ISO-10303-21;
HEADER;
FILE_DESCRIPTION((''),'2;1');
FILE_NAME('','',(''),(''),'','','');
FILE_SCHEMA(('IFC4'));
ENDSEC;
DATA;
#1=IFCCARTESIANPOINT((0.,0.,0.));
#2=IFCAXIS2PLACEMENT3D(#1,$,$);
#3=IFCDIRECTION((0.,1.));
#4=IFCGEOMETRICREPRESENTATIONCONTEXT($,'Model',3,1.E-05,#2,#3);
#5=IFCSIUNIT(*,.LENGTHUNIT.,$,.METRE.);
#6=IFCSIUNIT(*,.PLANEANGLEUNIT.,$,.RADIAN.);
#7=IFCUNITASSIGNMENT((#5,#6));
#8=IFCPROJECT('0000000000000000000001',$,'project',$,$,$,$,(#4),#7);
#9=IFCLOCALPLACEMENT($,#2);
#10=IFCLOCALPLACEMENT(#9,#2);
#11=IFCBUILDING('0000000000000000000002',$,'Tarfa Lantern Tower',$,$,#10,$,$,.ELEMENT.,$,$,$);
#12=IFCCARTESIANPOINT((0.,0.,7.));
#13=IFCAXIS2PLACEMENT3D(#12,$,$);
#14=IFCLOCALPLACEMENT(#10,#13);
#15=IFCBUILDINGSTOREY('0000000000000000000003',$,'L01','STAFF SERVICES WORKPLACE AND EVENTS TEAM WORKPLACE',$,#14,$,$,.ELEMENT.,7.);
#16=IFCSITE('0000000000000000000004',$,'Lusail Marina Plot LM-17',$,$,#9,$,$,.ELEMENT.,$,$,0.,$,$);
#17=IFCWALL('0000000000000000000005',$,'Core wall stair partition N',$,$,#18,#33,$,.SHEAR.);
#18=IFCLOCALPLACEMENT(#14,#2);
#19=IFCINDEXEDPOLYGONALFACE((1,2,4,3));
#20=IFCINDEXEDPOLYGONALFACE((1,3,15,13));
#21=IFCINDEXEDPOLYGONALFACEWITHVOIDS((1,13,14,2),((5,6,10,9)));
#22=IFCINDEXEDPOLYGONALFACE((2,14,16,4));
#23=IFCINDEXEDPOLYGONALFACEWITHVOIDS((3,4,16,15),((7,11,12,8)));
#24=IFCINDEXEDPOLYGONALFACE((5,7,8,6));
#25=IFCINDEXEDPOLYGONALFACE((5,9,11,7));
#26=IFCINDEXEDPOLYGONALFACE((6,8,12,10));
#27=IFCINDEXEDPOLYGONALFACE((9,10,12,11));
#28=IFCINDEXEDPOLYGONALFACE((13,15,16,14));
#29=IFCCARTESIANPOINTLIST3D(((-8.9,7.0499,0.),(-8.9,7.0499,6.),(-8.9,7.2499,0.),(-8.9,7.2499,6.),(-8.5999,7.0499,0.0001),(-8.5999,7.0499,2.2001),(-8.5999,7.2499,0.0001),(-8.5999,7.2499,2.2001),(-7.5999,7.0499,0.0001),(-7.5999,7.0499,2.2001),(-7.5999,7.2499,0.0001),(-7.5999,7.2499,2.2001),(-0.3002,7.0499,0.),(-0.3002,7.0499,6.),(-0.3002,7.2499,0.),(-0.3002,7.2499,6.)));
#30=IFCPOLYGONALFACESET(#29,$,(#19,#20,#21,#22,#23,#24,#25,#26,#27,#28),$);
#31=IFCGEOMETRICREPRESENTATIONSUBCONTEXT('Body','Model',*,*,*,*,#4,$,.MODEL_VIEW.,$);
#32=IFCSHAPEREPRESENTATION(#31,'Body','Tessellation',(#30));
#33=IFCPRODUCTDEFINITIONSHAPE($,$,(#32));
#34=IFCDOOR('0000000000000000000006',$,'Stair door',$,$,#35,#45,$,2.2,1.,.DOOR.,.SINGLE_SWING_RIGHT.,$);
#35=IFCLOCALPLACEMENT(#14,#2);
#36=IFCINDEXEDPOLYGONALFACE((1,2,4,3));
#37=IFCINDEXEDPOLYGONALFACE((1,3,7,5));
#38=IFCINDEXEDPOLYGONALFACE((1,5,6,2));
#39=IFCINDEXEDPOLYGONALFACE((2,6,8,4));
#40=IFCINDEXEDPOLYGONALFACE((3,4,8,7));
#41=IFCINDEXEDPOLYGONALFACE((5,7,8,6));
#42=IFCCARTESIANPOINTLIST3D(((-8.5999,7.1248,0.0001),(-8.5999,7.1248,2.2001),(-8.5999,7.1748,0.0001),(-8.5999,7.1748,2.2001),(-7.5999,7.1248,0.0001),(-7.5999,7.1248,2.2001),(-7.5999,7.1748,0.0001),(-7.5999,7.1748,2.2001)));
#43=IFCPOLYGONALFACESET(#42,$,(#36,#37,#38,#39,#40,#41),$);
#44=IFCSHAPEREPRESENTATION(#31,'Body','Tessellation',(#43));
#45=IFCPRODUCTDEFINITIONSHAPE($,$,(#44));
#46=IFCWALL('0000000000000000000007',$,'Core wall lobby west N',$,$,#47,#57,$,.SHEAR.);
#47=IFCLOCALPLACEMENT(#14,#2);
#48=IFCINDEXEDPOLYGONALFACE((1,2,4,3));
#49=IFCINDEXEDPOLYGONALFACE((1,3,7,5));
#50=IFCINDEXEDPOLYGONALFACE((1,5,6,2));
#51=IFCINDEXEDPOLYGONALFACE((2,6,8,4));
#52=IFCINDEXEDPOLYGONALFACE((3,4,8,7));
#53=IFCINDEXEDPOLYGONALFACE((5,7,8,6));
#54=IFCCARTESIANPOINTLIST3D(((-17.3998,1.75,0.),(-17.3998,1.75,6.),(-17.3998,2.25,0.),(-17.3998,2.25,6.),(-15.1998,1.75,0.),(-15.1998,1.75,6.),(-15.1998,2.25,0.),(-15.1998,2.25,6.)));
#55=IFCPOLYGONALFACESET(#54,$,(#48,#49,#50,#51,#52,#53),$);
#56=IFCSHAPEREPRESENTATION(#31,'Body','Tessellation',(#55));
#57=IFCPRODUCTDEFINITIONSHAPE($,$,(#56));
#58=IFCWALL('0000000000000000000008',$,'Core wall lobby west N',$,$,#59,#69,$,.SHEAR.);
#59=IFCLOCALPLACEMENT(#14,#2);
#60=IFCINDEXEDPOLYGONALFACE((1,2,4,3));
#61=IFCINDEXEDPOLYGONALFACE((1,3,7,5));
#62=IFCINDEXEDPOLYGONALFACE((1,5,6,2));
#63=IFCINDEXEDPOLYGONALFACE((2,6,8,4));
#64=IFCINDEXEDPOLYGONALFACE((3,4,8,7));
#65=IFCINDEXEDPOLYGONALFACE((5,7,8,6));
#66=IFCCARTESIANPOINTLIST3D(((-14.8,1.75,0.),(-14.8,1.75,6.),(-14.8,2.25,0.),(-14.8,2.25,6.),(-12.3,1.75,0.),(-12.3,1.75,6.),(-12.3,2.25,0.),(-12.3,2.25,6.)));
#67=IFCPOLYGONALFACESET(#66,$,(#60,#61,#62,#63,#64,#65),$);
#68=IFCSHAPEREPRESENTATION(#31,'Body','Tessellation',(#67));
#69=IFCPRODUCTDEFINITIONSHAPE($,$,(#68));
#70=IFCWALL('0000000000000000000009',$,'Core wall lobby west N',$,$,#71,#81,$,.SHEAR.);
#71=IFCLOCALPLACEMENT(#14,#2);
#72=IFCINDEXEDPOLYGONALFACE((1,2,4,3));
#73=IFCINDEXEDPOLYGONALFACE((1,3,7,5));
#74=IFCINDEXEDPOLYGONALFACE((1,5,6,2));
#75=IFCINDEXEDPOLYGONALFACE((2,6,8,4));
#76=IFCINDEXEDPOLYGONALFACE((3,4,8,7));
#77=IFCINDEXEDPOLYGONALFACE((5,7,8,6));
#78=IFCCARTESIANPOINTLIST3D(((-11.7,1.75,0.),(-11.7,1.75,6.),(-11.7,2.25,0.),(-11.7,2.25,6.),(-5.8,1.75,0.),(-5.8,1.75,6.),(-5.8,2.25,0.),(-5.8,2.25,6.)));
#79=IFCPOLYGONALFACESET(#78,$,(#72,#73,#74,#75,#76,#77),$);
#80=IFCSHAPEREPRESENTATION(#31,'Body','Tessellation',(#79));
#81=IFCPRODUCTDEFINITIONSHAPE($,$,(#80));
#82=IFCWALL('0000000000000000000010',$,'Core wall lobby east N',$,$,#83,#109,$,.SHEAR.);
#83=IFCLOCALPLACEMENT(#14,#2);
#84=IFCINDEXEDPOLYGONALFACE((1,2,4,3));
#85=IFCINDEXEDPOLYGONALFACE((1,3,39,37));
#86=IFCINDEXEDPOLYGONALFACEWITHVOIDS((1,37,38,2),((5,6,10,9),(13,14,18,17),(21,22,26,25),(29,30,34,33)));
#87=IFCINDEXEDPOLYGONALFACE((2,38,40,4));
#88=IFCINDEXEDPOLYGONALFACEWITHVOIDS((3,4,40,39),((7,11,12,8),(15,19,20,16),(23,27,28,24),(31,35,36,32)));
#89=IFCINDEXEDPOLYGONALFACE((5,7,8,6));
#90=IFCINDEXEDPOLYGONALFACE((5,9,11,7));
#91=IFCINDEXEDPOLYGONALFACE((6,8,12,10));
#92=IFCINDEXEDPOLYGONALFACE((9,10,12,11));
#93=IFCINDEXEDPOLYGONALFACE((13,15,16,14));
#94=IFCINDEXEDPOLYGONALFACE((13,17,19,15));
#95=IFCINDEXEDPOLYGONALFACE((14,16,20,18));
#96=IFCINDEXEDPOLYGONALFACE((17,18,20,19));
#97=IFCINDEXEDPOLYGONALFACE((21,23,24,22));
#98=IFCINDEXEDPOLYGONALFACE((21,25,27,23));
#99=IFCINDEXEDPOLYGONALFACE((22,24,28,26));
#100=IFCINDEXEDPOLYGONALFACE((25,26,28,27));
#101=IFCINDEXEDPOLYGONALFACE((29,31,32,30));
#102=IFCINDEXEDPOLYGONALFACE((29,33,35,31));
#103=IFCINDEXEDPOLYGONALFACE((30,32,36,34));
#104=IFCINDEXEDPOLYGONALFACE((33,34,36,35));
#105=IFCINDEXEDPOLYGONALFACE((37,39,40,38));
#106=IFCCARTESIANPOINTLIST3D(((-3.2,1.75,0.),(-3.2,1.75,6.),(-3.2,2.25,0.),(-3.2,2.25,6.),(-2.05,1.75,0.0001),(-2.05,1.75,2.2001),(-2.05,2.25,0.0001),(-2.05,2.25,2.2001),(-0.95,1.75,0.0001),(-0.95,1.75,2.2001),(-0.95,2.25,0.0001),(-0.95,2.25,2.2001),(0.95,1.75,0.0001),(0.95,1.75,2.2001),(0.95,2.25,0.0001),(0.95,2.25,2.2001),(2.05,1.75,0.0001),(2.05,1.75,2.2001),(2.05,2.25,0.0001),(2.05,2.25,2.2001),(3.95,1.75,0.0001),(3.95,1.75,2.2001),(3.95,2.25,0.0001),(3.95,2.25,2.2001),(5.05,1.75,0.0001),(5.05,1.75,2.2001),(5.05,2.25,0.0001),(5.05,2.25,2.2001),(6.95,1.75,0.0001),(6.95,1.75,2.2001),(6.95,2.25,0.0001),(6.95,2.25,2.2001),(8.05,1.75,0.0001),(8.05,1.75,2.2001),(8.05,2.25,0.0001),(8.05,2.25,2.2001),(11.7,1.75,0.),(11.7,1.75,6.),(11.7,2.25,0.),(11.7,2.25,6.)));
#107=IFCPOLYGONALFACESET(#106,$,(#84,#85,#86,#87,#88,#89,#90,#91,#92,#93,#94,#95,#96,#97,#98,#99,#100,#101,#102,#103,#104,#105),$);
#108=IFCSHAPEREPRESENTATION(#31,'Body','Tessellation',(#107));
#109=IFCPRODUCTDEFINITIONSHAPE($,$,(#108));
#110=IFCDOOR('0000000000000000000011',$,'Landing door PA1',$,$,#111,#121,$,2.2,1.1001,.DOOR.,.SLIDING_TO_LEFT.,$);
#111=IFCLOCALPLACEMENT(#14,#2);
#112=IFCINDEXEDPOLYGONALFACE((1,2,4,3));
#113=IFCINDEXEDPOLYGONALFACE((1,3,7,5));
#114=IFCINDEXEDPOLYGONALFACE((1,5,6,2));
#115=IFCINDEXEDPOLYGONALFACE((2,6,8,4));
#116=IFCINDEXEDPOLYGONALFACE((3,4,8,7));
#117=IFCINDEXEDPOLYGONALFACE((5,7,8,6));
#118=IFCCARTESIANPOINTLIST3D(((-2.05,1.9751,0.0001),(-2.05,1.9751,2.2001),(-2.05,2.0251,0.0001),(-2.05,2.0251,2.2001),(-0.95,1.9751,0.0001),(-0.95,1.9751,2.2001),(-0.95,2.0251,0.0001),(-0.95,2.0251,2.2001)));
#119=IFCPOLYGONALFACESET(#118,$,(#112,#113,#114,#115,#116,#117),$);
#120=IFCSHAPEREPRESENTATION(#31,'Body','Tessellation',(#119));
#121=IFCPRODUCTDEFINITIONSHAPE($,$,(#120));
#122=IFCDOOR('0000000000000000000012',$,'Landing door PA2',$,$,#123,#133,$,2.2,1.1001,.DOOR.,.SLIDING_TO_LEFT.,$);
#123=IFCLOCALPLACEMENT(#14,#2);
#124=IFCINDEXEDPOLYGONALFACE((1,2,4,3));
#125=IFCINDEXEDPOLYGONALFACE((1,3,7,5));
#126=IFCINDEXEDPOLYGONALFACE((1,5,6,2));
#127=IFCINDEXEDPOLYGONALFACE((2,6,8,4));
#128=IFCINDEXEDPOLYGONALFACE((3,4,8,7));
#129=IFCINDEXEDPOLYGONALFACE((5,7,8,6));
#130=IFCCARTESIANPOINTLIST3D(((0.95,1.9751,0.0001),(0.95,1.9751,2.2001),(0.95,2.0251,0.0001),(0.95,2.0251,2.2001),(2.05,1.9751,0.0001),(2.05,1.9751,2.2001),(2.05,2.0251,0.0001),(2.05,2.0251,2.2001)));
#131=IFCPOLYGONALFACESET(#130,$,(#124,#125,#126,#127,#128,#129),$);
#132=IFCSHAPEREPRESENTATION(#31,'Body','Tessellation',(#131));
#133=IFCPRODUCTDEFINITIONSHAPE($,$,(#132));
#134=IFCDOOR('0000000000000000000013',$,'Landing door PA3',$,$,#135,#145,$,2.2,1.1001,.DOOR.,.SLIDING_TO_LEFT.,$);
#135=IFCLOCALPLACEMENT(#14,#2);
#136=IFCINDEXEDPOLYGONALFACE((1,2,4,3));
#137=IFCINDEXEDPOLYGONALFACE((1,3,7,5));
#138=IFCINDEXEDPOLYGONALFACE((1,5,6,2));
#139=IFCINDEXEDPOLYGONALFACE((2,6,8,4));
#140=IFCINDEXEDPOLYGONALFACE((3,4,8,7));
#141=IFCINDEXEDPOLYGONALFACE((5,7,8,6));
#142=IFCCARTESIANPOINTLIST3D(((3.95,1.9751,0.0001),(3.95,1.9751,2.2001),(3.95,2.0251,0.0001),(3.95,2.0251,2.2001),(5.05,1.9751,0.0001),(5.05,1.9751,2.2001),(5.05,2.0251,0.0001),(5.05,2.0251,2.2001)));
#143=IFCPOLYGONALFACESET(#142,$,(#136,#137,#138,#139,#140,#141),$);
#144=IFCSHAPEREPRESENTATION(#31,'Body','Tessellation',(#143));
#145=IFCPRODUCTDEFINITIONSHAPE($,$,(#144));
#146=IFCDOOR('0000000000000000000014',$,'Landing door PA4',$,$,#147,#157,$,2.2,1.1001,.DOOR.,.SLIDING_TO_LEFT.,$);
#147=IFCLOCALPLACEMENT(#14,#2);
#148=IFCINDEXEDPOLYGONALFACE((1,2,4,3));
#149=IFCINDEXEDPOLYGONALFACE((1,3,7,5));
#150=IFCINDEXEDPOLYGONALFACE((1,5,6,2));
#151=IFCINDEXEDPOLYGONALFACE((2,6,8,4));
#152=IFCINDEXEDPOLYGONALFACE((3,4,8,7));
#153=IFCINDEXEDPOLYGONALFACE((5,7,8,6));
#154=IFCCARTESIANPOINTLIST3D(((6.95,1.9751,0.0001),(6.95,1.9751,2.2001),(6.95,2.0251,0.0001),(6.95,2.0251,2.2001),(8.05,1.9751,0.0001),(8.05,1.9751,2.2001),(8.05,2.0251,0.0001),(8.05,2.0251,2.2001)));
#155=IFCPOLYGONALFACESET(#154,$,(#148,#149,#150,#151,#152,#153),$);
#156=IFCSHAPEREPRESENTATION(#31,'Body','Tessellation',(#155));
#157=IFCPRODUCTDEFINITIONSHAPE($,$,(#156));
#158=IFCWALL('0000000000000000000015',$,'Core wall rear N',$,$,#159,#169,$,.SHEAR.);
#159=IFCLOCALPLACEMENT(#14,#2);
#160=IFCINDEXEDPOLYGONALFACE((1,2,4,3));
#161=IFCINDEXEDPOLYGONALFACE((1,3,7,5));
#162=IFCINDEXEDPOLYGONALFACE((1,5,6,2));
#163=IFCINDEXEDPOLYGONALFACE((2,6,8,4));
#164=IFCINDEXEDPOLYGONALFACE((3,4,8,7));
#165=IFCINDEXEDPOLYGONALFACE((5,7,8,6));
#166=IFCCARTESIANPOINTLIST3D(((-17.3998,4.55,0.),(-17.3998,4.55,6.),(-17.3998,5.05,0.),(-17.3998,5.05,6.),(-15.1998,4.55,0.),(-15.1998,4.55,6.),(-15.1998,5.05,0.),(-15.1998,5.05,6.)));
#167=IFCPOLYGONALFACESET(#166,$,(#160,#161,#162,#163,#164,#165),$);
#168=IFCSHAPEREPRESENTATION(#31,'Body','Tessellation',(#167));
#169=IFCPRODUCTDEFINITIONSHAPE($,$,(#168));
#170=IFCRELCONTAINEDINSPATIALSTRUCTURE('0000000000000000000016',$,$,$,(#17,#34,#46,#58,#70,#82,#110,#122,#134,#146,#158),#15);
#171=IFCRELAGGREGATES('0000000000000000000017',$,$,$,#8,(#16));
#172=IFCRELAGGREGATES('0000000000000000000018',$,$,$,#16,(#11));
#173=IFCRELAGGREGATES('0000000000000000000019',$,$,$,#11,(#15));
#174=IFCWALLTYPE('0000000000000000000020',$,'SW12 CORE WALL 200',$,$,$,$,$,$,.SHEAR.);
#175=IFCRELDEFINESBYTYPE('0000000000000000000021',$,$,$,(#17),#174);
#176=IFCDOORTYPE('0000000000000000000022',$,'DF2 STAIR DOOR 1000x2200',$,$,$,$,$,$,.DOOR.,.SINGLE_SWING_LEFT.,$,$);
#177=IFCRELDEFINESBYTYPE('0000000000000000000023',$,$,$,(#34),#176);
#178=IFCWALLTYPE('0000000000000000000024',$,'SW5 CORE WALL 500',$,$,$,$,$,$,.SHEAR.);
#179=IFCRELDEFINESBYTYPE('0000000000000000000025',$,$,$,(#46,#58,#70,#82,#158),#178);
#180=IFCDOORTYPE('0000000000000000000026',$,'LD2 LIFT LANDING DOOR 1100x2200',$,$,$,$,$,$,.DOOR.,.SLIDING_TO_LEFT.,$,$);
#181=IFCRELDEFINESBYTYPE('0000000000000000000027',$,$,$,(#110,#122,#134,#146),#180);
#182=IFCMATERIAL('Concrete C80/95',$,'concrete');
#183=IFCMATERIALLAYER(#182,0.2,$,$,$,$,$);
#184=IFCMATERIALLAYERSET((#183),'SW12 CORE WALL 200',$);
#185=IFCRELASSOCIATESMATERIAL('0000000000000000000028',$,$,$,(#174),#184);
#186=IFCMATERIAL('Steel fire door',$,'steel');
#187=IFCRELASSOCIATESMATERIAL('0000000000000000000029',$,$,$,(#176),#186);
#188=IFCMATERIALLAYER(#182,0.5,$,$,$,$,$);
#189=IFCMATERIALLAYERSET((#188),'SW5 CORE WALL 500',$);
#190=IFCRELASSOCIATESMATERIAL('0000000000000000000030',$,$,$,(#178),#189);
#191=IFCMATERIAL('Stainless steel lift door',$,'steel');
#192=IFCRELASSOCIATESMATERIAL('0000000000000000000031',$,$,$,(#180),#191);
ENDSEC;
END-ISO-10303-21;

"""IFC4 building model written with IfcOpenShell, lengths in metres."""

from ifc_helpers import new_model, si_unit, direction, frame, frame_2d, origin, place, context, subcontext, project, spatial, rectangle, extrude, material, layer, layer_set, type_object, element, fill, save


model = new_model("IFC4")

# Units and contexts
model_context = context("Model", 3, precision=1e-05, world=origin(), true_north=direction((0.0, 1.0)))
body_context = subcontext(model_context, "Body", "Model", "MODEL_VIEW")
ifc_project = project(units=[si_unit("LENGTHUNIT", "METRE"), si_unit("PLANEANGLEUNIT", "RADIAN")], contexts=[model_context])

# Site, building, storey
site_placement = place(None, origin())
site = spatial("IfcSite", under=ifc_project, at=site_placement, Name="Lusail Marina Plot LM-17", CompositionType="ELEMENT", RefElevation=0.0)
building_placement = place(site_placement, origin())
building = spatial("IfcBuilding", under=site, at=building_placement, Name="Tarfa Lantern Tower", CompositionType="ELEMENT")
storey_placement = place(building_placement, frame((0.0, 0.0, 7.0)))
storey = spatial("IfcBuildingStorey", under=building, at=storey_placement, Name="L01", Description="STAFF SERVICES WORKPLACE AND EVENTS TEAM WORKPLACE", CompositionType="ELEMENT", Elevation=7.0)

# Shared definitions
ifc_material_1 = material(Name="Concrete C80/95", Category="concrete")
ifc_layer_1 = layer(ifc_material_1, 0.2)
ifc_layer_set_1 = layer_set([ifc_layer_1], Name="SW12 CORE WALL 200")
wall_type_1 = type_object("IfcWallType", Name="SW12 CORE WALL 200", PredefinedType="SHEAR", material=ifc_layer_set_1)

# Wall, opening, door
wall_1_placement = place(storey_placement, frame((-8.8999, 7.1499, 0.0), z_axis=(0.0, 0.0, 1.0), x_axis=(1.0, 0.0, 0.0)))
wall_1 = element("IfcWall", 1, at=wall_1_placement, inside=storey, type_object=wall_type_1, Name="Core wall stair partition N", PredefinedType="SHEAR", context=body_context, shape_type="SweptSolid", body=[
    extrude(rectangle(XDim=8.5999, YDim=0.2, at=frame_2d((4.2998, 0.0))), origin(), (0.0, 0.0, 1.0), 6.0),
])
opening_1_placement = place(wall_1_placement, frame((0.3, 0.0, 0.0)))
opening_1 = element("IfcOpeningElement", 2, at=opening_1_placement, cuts=wall_1, PredefinedType="OPENING", context=body_context, shape_type="SweptSolid", body=[
    extrude(rectangle(XDim=1.0, YDim=2.2, at=frame_2d((0.5, 1.1001))), frame((0.0, 0.1099, 0.0), z_axis=(0.0, -1.0, 0.0), x_axis=(1.0, 0.0, 0.0)), (0.0, 0.0, 1.0), 0.22),
])
ifc_material_2 = material(Name="Steel fire door", Category="steel")
door_type_1 = type_object("IfcDoorType", Name="DF2 STAIR DOOR 1000x2200", OperationType="SINGLE_SWING_LEFT", PredefinedType="DOOR", material=ifc_material_2)
door_1_placement = place(opening_1_placement, origin())
door_1 = element("IfcDoor", 3, at=door_1_placement, inside=storey, type_object=door_type_1, Name="Stair door", OperationType="SINGLE_SWING_RIGHT", OverallHeight=2.2, OverallWidth=1.0, PredefinedType="DOOR", context=body_context, shape_type="SweptSolid", body=[
    extrude(rectangle(XDim=1.0, YDim=2.2, at=frame_2d((0.5, 1.1001))), frame((0.0, 0.0249, 0.0), z_axis=(0.0, -1.0, 0.0), x_axis=(1.0, 0.0, 0.0)), (0.0, 0.0, 1.0), 0.05),
])
fill(opening_1, door_1)

# Walls
ifc_layer_2 = layer(ifc_material_1, 0.5)
ifc_layer_set_2 = layer_set([ifc_layer_2], Name="SW5 CORE WALL 500")
wall_type_2 = type_object("IfcWallType", Name="SW5 CORE WALL 500", PredefinedType="SHEAR", material=ifc_layer_set_2)
wall_2_placement = place(storey_placement, frame((-17.3999, 2.0, 0.0), z_axis=(0.0, 0.0, 1.0), x_axis=(1.0, 0.0, 0.0)))
element("IfcWall", 4, at=wall_2_placement, inside=storey, type_object=wall_type_2, Name="Core wall lobby west N", PredefinedType="SHEAR", context=body_context, shape_type="SweptSolid", body=[
    extrude(rectangle(XDim=2.2, YDim=0.5, at=frame_2d((1.1001, 0.0))), origin(), (0.0, 0.0, 1.0), 6.0),
])
wall_3_placement = place(storey_placement, frame((-14.8, 2.0, 0.0), z_axis=(0.0, 0.0, 1.0), x_axis=(1.0, 0.0, 0.0)))
element("IfcWall", 5, at=wall_3_placement, inside=storey, type_object=wall_type_2, Name="Core wall lobby west N", PredefinedType="SHEAR", context=body_context, shape_type="SweptSolid", body=[
    extrude(rectangle(XDim=2.5, YDim=0.5, at=frame_2d((1.25, 0.0))), origin(), (0.0, 0.0, 1.0), 6.0),
])
wall_4_placement = place(storey_placement, frame((-11.7, 2.0, 0.0), z_axis=(0.0, 0.0, 1.0), x_axis=(1.0, 0.0, 0.0)))
element("IfcWall", 6, at=wall_4_placement, inside=storey, type_object=wall_type_2, Name="Core wall lobby west N", PredefinedType="SHEAR", context=body_context, shape_type="SweptSolid", body=[
    extrude(rectangle(XDim=5.8999, YDim=0.5, at=frame_2d((2.95, 0.0))), origin(), (0.0, 0.0, 1.0), 6.0),
])

# Wall, openings, doors
wall_5_placement = place(storey_placement, frame((-3.2, 2.0, 0.0), z_axis=(0.0, 0.0, 1.0), x_axis=(1.0, 0.0, 0.0)))
wall_5 = element("IfcWall", 7, at=wall_5_placement, inside=storey, type_object=wall_type_2, Name="Core wall lobby east N", PredefinedType="SHEAR", context=body_context, shape_type="SweptSolid", body=[
    extrude(rectangle(XDim=14.8999, YDim=0.5, at=frame_2d((7.45, 0.0))), origin(), (0.0, 0.0, 1.0), 6.0),
])
opening_2_placement = place(wall_5_placement, frame((1.1499, 0.0, 0.0)))
opening_2 = element("IfcOpeningElement", 8, at=opening_2_placement, cuts=wall_5, PredefinedType="OPENING", context=body_context, shape_type="SweptSolid", body=[
    extrude(rectangle(XDim=1.1001, YDim=2.2, at=frame_2d((0.55, 1.1001))), frame((0.0, 0.26, 0.0), z_axis=(0.0, -1.0, 0.0), x_axis=(1.0, 0.0, 0.0)), (0.0, 0.0, 1.0), 0.52),
])
opening_3_placement = place(wall_5_placement, frame((4.1499, 0.0, 0.0)))
opening_3 = element("IfcOpeningElement", 9, at=opening_3_placement, cuts=wall_5, PredefinedType="OPENING", context=body_context, shape_type="SweptSolid", body=[
    extrude(rectangle(XDim=1.1001, YDim=2.2, at=frame_2d((0.55, 1.1001))), frame((0.0, 0.26, 0.0), z_axis=(0.0, -1.0, 0.0), x_axis=(1.0, 0.0, 0.0)), (0.0, 0.0, 1.0), 0.52),
])
opening_4_placement = place(wall_5_placement, frame((7.1499, 0.0, 0.0)))
opening_4 = element("IfcOpeningElement", 10, at=opening_4_placement, cuts=wall_5, PredefinedType="OPENING", context=body_context, shape_type="SweptSolid", body=[
    extrude(rectangle(XDim=1.1001, YDim=2.2, at=frame_2d((0.55, 1.1001))), frame((0.0, 0.26, 0.0), z_axis=(0.0, -1.0, 0.0), x_axis=(1.0, 0.0, 0.0)), (0.0, 0.0, 1.0), 0.52),
])
opening_5_placement = place(wall_5_placement, frame((10.1499, 0.0, 0.0)))
opening_5 = element("IfcOpeningElement", 11, at=opening_5_placement, cuts=wall_5, PredefinedType="OPENING", context=body_context, shape_type="SweptSolid", body=[
    extrude(rectangle(XDim=1.1001, YDim=2.2, at=frame_2d((0.55, 1.1001))), frame((0.0, 0.26, 0.0), z_axis=(0.0, -1.0, 0.0), x_axis=(1.0, 0.0, 0.0)), (0.0, 0.0, 1.0), 0.52),
])
ifc_material_3 = material(Name="Stainless steel lift door", Category="steel")
door_type_2 = type_object("IfcDoorType", Name="LD2 LIFT LANDING DOOR 1100x2200", OperationType="SLIDING_TO_LEFT", PredefinedType="DOOR", material=ifc_material_3)
door_2_placement = place(opening_2_placement, frame((1.1001, 0.0, 0.0), z_axis=(0.0, 0.0, 1.0), x_axis=(-1.0, 0.0, 0.0)))
door_2 = element("IfcDoor", 12, at=door_2_placement, inside=storey, type_object=door_type_2, Name="Landing door PA1", OperationType="SLIDING_TO_LEFT", OverallHeight=2.2, OverallWidth=1.1001, PredefinedType="DOOR", context=body_context, shape_type="SweptSolid", body=[
    extrude(rectangle(XDim=1.1001, YDim=2.2, at=frame_2d((0.55, 1.1001))), frame((0.0, 0.0249, 0.0), z_axis=(0.0, -1.0, 0.0), x_axis=(1.0, 0.0, 0.0)), (0.0, 0.0, 1.0), 0.05),
])
fill(opening_2, door_2)
door_3_placement = place(opening_3_placement, frame((1.1001, 0.0, 0.0), z_axis=(0.0, 0.0, 1.0), x_axis=(-1.0, 0.0, 0.0)))
door_3 = element("IfcDoor", 13, at=door_3_placement, inside=storey, type_object=door_type_2, Name="Landing door PA2", OperationType="SLIDING_TO_LEFT", OverallHeight=2.2, OverallWidth=1.1001, PredefinedType="DOOR", context=body_context, shape_type="SweptSolid", body=[
    extrude(rectangle(XDim=1.1001, YDim=2.2, at=frame_2d((0.55, 1.1001))), frame((0.0, 0.0249, 0.0), z_axis=(0.0, -1.0, 0.0), x_axis=(1.0, 0.0, 0.0)), (0.0, 0.0, 1.0), 0.05),
])
fill(opening_3, door_3)
door_4_placement = place(opening_4_placement, frame((1.1001, 0.0, 0.0), z_axis=(0.0, 0.0, 1.0), x_axis=(-1.0, 0.0, 0.0)))
door_4 = element("IfcDoor", 14, at=door_4_placement, inside=storey, type_object=door_type_2, Name="Landing door PA3", OperationType="SLIDING_TO_LEFT", OverallHeight=2.2, OverallWidth=1.1001, PredefinedType="DOOR", context=body_context, shape_type="SweptSolid", body=[
    extrude(rectangle(XDim=1.1001, YDim=2.2, at=frame_2d((0.55, 1.1001))), frame((0.0, 0.0249, 0.0), z_axis=(0.0, -1.0, 0.0), x_axis=(1.0, 0.0, 0.0)), (0.0, 0.0, 1.0), 0.05),
])
fill(opening_4, door_4)
door_5_placement = place(opening_5_placement, frame((1.1001, 0.0, 0.0), z_axis=(0.0, 0.0, 1.0), x_axis=(-1.0, 0.0, 0.0)))
door_5 = element("IfcDoor", 15, at=door_5_placement, inside=storey, type_object=door_type_2, Name="Landing door PA4", OperationType="SLIDING_TO_LEFT", OverallHeight=2.2, OverallWidth=1.1001, PredefinedType="DOOR", context=body_context, shape_type="SweptSolid", body=[
    extrude(rectangle(XDim=1.1001, YDim=2.2, at=frame_2d((0.55, 1.1001))), frame((0.0, 0.0249, 0.0), z_axis=(0.0, -1.0, 0.0), x_axis=(1.0, 0.0, 0.0)), (0.0, 0.0, 1.0), 0.05),
])
fill(opening_5, door_5)

# Wall
wall_6_placement = place(storey_placement, frame((-17.3999, 4.8, 0.0), z_axis=(0.0, 0.0, 1.0), x_axis=(1.0, 0.0, 0.0)))
element("IfcWall", 16, at=wall_6_placement, inside=storey, type_object=wall_type_2, Name="Core wall rear N", PredefinedType="SHEAR", context=body_context, shape_type="SweptSolid", body=[
    extrude(rectangle(XDim=2.2, YDim=0.5, at=frame_2d((1.1001, 0.0))), origin(), (0.0, 0.0, 1.0), 6.0),
])

save(model, "model.ifc")
